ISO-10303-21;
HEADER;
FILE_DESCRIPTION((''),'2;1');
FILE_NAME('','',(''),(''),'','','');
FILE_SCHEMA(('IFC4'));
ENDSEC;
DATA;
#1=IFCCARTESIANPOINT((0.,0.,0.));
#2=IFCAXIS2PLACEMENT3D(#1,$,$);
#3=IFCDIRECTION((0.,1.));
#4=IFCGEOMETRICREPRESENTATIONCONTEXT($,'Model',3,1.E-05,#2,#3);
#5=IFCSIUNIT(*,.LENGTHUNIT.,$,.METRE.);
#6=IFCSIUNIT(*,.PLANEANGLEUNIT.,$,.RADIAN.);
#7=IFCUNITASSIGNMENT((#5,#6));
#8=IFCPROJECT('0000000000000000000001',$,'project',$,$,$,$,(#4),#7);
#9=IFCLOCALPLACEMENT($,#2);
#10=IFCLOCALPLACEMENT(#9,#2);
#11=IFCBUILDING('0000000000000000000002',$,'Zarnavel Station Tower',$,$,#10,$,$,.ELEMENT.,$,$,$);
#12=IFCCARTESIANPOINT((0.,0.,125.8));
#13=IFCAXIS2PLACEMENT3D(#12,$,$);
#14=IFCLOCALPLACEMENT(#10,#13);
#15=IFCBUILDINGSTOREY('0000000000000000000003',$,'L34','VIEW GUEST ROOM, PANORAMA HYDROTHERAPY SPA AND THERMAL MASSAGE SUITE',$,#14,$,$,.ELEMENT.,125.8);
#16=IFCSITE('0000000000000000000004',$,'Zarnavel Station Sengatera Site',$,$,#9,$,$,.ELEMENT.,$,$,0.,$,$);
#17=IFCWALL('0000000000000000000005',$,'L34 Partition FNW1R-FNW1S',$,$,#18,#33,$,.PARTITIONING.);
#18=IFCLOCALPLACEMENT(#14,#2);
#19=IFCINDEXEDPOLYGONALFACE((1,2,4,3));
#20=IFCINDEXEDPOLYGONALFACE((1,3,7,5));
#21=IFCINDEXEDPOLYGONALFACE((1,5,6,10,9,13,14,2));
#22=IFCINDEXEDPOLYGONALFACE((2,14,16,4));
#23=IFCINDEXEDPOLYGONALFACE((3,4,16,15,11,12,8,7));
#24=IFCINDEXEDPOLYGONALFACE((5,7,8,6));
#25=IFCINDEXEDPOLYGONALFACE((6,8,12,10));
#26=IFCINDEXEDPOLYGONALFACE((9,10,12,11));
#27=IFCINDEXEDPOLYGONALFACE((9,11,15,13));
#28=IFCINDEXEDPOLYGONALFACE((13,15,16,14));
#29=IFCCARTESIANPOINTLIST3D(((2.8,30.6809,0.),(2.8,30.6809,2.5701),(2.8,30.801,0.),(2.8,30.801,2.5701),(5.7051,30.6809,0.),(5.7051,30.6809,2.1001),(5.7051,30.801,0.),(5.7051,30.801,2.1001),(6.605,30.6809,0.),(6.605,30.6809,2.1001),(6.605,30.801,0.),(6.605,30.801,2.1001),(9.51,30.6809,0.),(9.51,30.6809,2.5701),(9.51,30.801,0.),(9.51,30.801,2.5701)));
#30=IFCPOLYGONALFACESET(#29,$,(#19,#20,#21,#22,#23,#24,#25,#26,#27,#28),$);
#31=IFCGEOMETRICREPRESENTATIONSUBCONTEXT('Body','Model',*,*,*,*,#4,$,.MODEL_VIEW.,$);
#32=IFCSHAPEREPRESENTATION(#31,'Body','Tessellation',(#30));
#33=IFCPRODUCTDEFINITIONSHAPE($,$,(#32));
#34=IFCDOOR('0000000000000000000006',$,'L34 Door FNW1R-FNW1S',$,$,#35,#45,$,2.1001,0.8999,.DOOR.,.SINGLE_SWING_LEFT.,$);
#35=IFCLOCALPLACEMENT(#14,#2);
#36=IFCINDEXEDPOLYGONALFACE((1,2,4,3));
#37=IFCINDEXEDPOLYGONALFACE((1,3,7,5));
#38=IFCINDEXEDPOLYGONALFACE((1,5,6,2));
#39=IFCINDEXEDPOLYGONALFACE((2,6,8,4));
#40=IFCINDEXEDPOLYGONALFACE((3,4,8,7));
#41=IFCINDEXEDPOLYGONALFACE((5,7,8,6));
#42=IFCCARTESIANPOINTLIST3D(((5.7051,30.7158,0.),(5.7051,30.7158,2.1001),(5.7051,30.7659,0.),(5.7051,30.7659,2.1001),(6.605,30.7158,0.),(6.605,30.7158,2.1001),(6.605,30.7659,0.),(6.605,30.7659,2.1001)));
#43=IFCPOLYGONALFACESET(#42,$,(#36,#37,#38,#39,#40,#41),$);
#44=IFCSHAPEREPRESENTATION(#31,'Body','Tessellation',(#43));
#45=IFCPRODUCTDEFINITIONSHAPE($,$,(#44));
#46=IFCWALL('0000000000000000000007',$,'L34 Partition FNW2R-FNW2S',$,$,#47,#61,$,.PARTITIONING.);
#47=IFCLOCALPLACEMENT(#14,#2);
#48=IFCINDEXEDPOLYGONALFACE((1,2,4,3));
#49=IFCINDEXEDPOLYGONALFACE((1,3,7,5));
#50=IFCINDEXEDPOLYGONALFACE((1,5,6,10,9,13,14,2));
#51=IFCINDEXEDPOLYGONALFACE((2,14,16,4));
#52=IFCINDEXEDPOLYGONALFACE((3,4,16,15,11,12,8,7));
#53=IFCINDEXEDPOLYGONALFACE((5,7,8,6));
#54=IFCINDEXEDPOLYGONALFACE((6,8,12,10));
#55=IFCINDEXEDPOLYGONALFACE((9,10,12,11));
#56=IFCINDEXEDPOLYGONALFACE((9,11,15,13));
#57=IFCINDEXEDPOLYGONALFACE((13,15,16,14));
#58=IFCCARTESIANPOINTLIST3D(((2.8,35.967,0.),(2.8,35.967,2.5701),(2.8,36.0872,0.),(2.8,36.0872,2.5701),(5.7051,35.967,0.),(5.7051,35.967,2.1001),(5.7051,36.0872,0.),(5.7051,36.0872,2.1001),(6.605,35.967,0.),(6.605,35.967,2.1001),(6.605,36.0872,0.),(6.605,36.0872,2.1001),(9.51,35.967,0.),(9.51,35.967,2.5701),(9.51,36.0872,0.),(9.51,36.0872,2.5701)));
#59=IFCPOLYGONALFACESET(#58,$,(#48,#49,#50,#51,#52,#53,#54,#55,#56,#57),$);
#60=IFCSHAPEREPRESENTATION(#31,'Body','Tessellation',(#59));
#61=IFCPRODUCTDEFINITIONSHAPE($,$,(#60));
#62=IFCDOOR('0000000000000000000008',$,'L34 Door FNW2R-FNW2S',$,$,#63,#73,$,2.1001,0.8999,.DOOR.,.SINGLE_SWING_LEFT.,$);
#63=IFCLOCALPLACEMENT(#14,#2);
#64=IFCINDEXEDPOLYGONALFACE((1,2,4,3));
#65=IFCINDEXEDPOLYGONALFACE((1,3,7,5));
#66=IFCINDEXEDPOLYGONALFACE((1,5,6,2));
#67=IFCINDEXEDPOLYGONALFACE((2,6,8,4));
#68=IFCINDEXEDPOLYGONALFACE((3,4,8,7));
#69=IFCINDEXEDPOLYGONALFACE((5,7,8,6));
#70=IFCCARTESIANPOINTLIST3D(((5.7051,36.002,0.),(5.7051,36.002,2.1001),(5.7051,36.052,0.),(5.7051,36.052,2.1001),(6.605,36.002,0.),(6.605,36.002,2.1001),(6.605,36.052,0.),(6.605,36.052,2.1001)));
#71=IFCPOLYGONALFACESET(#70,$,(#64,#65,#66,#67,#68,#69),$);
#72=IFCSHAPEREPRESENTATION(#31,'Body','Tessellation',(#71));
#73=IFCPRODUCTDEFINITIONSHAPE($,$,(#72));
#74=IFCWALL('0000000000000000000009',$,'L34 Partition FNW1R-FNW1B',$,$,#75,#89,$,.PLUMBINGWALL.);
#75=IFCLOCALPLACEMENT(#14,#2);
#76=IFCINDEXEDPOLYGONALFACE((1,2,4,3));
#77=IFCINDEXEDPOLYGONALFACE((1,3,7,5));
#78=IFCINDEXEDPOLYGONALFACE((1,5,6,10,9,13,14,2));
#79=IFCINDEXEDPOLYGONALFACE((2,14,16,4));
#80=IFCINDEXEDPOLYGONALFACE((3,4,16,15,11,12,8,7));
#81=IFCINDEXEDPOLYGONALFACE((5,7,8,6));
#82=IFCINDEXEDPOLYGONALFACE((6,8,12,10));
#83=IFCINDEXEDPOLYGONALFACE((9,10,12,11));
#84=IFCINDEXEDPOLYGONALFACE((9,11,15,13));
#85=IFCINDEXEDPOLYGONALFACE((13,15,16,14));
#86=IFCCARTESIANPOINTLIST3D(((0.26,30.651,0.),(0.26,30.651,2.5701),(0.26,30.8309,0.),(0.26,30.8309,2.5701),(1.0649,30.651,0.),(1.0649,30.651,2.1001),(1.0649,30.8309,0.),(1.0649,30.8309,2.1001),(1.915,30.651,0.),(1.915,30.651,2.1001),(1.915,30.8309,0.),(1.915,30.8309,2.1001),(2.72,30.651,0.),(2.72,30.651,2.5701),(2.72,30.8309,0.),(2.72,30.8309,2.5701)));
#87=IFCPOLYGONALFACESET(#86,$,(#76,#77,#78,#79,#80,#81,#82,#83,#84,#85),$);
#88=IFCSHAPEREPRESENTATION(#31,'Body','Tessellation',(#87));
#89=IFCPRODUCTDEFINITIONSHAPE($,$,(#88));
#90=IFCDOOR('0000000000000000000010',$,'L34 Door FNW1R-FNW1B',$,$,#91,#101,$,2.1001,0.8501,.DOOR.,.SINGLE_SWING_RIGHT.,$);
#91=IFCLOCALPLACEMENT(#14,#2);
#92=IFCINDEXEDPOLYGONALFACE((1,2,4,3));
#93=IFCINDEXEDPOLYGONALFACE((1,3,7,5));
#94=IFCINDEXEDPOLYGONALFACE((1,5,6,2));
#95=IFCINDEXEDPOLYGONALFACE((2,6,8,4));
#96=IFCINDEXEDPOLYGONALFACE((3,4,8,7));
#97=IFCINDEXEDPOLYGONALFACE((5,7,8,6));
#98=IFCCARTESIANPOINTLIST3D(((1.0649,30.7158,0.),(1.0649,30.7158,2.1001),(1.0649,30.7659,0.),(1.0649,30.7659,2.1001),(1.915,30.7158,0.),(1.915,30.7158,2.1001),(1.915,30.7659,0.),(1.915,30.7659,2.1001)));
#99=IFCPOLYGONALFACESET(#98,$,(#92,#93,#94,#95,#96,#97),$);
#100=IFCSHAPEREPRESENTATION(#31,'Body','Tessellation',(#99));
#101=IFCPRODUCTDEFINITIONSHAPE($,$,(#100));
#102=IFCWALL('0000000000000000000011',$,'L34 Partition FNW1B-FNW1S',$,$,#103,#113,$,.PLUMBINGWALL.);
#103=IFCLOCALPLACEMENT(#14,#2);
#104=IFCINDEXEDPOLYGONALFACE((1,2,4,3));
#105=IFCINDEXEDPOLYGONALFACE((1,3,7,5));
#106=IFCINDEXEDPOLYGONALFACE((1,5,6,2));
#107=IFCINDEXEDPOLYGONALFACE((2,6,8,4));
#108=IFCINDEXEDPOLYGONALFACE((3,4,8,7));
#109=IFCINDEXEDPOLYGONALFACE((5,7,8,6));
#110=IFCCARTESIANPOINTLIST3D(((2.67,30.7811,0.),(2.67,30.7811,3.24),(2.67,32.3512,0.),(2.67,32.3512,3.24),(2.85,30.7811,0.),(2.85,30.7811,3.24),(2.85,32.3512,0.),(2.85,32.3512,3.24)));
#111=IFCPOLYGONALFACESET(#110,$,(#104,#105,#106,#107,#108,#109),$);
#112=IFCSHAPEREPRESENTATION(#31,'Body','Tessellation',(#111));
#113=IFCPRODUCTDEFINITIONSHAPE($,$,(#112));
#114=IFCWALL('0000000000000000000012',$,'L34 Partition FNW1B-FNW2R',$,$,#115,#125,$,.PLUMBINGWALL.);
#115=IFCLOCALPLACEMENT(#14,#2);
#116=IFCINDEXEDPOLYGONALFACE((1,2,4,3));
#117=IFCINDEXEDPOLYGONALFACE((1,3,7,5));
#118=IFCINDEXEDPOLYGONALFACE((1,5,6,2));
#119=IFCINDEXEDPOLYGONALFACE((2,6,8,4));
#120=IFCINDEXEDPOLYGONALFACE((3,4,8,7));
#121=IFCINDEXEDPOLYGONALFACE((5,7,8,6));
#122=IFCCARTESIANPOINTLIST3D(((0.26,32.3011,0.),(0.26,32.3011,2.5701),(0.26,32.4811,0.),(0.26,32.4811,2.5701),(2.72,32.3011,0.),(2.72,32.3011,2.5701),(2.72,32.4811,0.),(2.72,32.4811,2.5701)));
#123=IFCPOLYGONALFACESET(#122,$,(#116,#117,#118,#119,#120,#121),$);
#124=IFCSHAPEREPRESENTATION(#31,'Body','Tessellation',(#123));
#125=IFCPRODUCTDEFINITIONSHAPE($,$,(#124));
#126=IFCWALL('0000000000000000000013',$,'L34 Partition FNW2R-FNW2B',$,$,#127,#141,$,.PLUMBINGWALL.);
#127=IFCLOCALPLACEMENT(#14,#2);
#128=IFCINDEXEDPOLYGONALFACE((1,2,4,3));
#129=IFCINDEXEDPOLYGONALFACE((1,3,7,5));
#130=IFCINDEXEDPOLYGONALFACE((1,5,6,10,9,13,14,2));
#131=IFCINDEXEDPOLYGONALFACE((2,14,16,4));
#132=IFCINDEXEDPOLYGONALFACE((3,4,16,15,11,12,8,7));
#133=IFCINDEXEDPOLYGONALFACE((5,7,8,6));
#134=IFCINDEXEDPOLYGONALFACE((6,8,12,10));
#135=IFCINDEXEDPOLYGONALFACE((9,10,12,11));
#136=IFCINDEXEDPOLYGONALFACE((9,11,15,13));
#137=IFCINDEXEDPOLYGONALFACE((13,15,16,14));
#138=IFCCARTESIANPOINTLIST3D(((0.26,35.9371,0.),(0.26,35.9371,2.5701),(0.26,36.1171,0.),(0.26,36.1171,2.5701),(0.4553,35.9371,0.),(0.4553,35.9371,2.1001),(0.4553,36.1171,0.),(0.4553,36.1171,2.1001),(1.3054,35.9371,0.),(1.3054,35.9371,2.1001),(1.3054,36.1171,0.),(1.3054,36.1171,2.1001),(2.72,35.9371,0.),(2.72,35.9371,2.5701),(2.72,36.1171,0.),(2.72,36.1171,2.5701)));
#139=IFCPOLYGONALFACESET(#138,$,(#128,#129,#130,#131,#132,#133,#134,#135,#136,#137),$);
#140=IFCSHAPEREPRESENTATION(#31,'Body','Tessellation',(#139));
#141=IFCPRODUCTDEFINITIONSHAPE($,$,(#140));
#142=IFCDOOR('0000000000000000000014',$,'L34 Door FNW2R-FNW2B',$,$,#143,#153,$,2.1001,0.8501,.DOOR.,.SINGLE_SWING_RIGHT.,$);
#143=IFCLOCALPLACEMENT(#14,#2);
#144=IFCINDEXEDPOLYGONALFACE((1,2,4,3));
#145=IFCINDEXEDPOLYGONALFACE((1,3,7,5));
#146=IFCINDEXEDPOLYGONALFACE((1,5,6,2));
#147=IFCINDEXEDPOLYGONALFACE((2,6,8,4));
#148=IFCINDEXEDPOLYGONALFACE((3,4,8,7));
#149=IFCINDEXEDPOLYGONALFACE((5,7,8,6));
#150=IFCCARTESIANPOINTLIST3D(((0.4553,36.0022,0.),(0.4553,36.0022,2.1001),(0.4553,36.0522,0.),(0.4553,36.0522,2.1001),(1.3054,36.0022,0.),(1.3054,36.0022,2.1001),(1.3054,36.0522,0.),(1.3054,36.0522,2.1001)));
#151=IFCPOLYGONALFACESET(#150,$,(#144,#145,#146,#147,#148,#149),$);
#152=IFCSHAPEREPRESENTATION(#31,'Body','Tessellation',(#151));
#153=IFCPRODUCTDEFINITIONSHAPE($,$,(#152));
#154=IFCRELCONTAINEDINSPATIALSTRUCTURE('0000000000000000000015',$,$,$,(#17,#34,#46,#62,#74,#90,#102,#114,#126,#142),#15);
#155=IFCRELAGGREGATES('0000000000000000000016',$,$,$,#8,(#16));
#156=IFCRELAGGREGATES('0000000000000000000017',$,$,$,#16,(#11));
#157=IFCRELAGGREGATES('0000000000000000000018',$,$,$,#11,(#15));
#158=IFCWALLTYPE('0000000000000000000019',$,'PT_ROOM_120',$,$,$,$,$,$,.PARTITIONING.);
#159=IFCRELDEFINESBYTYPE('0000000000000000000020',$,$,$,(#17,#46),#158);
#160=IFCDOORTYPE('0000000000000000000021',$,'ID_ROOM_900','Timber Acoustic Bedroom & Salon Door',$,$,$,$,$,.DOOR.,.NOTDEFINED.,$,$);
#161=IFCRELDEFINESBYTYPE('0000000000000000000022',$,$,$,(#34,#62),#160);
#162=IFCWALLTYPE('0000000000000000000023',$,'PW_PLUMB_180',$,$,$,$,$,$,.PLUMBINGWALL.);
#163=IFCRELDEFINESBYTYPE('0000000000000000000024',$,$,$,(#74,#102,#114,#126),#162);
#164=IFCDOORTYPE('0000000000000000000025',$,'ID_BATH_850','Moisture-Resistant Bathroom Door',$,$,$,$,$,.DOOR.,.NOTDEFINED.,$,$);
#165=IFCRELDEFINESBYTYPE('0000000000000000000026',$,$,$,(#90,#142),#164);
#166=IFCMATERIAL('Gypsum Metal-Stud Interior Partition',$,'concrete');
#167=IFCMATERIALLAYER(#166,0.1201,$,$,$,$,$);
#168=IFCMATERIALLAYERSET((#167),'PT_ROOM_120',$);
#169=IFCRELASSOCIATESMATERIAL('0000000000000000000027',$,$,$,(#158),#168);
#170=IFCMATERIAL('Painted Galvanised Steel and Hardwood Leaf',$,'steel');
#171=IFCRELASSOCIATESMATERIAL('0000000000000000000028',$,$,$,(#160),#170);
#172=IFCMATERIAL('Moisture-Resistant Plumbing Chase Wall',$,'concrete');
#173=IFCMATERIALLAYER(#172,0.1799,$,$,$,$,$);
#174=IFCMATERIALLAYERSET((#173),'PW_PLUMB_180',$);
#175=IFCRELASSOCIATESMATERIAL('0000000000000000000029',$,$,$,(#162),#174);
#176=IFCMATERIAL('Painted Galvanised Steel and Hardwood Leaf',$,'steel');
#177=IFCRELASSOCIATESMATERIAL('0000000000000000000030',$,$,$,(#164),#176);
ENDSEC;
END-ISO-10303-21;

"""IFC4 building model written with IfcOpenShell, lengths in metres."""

from ifc_helpers import new_model, si_unit, direction, frame, frame_2d, origin, place, context, subcontext, project, spatial, rectangle, extrude, material, layer, layer_set, type_object, element, fill, save


model = new_model("IFC4")

# Units and contexts
model_context = context("Model", 3, precision=1e-05, world=origin(), true_north=direction((0.0, 1.0)))
body_context = subcontext(model_context, "Body", "Model", "MODEL_VIEW")
ifc_project = project(units=[si_unit("LENGTHUNIT", "METRE"), si_unit("PLANEANGLEUNIT", "RADIAN")], contexts=[model_context])

# Site, building, storey
site_placement = place(None, origin())
site = spatial("IfcSite", under=ifc_project, at=site_placement, Name="Zarnavel Station Sengatera Site", CompositionType="ELEMENT", RefElevation=0.0)
building_placement = place(site_placement, origin())
building = spatial("IfcBuilding", under=site, at=building_placement, Name="Zarnavel Station Tower", CompositionType="ELEMENT")
storey_placement = place(building_placement, frame((0.0, 0.0, 125.8)))
storey = spatial("IfcBuildingStorey", under=building, at=storey_placement, Name="L34", Description="VIEW GUEST ROOM, PANORAMA HYDROTHERAPY SPA AND THERMAL MASSAGE SUITE", CompositionType="ELEMENT", Elevation=125.8)

# Walls, openings, doors
ifc_material_1 = material(Name="Gypsum Metal-Stud Interior Partition", Category="concrete")
ifc_layer_1 = layer(ifc_material_1, 0.1201)
ifc_layer_set_1 = layer_set([ifc_layer_1], Name="PT_ROOM_120")
wall_type_1 = type_object("IfcWallType", Name="PT_ROOM_120", PredefinedType="PARTITIONING", material=ifc_layer_set_1)
ifc_material_2 = material(Name="Painted Galvanised Steel and Hardwood Leaf", Category="steel")
door_type_1 = type_object("IfcDoorType", Name="ID_ROOM_900", Description="Timber Acoustic Bedroom & Salon Door", OperationType="NOTDEFINED", PredefinedType="DOOR", material=ifc_material_2)
wall_1_placement = place(storey_placement, frame((2.8, 30.741, 0.0), z_axis=(0.0, 0.0, 1.0), x_axis=(1.0, 0.0, 0.0)))
wall_1 = element("IfcWall", 1, at=wall_1_placement, inside=storey, type_object=wall_type_1, Name="L34 Partition FNW1R-FNW1S", PredefinedType="PARTITIONING", context=body_context, shape_type="SweptSolid", body=[
    extrude(rectangle(XDim=6.71, YDim=0.1201, at=frame_2d((3.355, 0.0))), origin(), (0.0, 0.0, 1.0), 2.5701),
])
opening_1_placement = place(wall_1_placement, frame((2.905, 0.0, 0.0)))
opening_1 = element("IfcOpeningElement", 2, at=opening_1_placement, cuts=wall_1, PredefinedType="OPENING", context=body_context, shape_type="SweptSolid", body=[
    extrude(rectangle(XDim=0.8999, YDim=2.1001, at=frame_2d((0.45, 1.05))), frame((0.0, 0.0701, 0.0), z_axis=(0.0, -1.0, 0.0), x_axis=(1.0, 0.0, 0.0)), (0.0, 0.0, 1.0), 0.1401),
])
door_1_placement = place(opening_1_placement, origin())
door_1 = element("IfcDoor", 3, at=door_1_placement, inside=storey, type_object=door_type_1, Name="L34 Door FNW1R-FNW1S", OperationType="SINGLE_SWING_LEFT", OverallHeight=2.1001, OverallWidth=0.8999, PredefinedType="DOOR", context=body_context, shape_type="SweptSolid", body=[
    extrude(rectangle(XDim=0.8999, YDim=2.1001, at=frame_2d((0.45, 1.05))), frame((0.0, 0.0249, 0.0), z_axis=(0.0, -1.0, 0.0), x_axis=(1.0, 0.0, 0.0)), (0.0, 0.0, 1.0), 0.05),
])
fill(opening_1, door_1)
wall_2_placement = place(storey_placement, frame((2.8, 36.0271, 0.0), z_axis=(0.0, 0.0, 1.0), x_axis=(1.0, 0.0, 0.0)))
wall_2 = element("IfcWall", 4, at=wall_2_placement, inside=storey, type_object=wall_type_1, Name="L34 Partition FNW2R-FNW2S", PredefinedType="PARTITIONING", context=body_context, shape_type="SweptSolid", body=[
    extrude(rectangle(XDim=6.71, YDim=0.1201, at=frame_2d((3.355, 0.0))), origin(), (0.0, 0.0, 1.0), 2.5701),
])
opening_2_placement = place(wall_2_placement, frame((2.905, 0.0, 0.0)))
opening_2 = element("IfcOpeningElement", 5, at=opening_2_placement, cuts=wall_2, PredefinedType="OPENING", context=body_context, shape_type="SweptSolid", body=[
    extrude(rectangle(XDim=0.8999, YDim=2.1001, at=frame_2d((0.45, 1.05))), frame((0.0, 0.0701, 0.0), z_axis=(0.0, -1.0, 0.0), x_axis=(1.0, 0.0, 0.0)), (0.0, 0.0, 1.0), 0.1401),
])
door_2_placement = place(opening_2_placement, origin())
door_2 = element("IfcDoor", 6, at=door_2_placement, inside=storey, type_object=door_type_1, Name="L34 Door FNW2R-FNW2S", OperationType="SINGLE_SWING_LEFT", OverallHeight=2.1001, OverallWidth=0.8999, PredefinedType="DOOR", context=body_context, shape_type="SweptSolid", body=[
    extrude(rectangle(XDim=0.8999, YDim=2.1001, at=frame_2d((0.45, 1.05))), frame((0.0, 0.0249, 0.0), z_axis=(0.0, -1.0, 0.0), x_axis=(1.0, 0.0, 0.0)), (0.0, 0.0, 1.0), 0.05),
])
fill(opening_2, door_2)
ifc_material_3 = material(Name="Moisture-Resistant Plumbing Chase Wall", Category="concrete")
ifc_layer_2 = layer(ifc_material_3, 0.1799)
ifc_layer_set_2 = layer_set([ifc_layer_2], Name="PW_PLUMB_180")
wall_type_2 = type_object("IfcWallType", Name="PW_PLUMB_180", PredefinedType="PLUMBINGWALL", material=ifc_layer_set_2)
wall_3_placement = place(storey_placement, frame((0.26, 30.741, 0.0), z_axis=(0.0, 0.0, 1.0), x_axis=(1.0, 0.0, 0.0)))
wall_3 = element("IfcWall", 7, at=wall_3_placement, inside=storey, type_object=wall_type_2, Name="L34 Partition FNW1R-FNW1B", PredefinedType="PLUMBINGWALL", context=body_context, shape_type="SweptSolid", body=[
    extrude(rectangle(XDim=2.46, YDim=0.1799, at=frame_2d((1.23, 0.0))), origin(), (0.0, 0.0, 1.0), 2.5701),
])
opening_3_placement = place(wall_3_placement, frame((0.8049, 0.0, 0.0)))
opening_3 = element("IfcOpeningElement", 8, at=opening_3_placement, cuts=wall_3, PredefinedType="OPENING", context=body_context, shape_type="SweptSolid", body=[
    extrude(rectangle(XDim=0.8501, YDim=2.1001, at=frame_2d((0.425, 1.05))), frame((0.0, 0.0999, 0.0), z_axis=(0.0, -1.0, 0.0), x_axis=(1.0, 0.0, 0.0)), (0.0, 0.0, 1.0), 0.2),
])
ifc_material_4 = material(Name="Painted Galvanised Steel and Hardwood Leaf", Category="steel")
door_type_2 = type_object("IfcDoorType", Name="ID_BATH_850", Description="Moisture-Resistant Bathroom Door", OperationType="NOTDEFINED", PredefinedType="DOOR", material=ifc_material_4)
door_3_placement = place(opening_3_placement, origin())
door_3 = element("IfcDoor", 9, at=door_3_placement, inside=storey, type_object=door_type_2, Name="L34 Door FNW1R-FNW1B", OperationType="SINGLE_SWING_RIGHT", OverallHeight=2.1001, OverallWidth=0.8501, PredefinedType="DOOR", context=body_context, shape_type="SweptSolid", body=[
    extrude(rectangle(XDim=0.8501, YDim=2.1001, at=frame_2d((0.425, 1.05))), frame((0.0, 0.0249, 0.0), z_axis=(0.0, -1.0, 0.0), x_axis=(1.0, 0.0, 0.0)), (0.0, 0.0, 1.0), 0.05),
])
fill(opening_3, door_3)

# Walls
wall_4_placement = place(storey_placement, frame((2.76, 30.781, 0.0), z_axis=(0.0, 0.0, 1.0), x_axis=(0.0, 1.0, 0.0)))
element("IfcWall", 10, at=wall_4_placement, inside=storey, type_object=wall_type_2, Name="L34 Partition FNW1B-FNW1S", PredefinedType="PLUMBINGWALL", context=body_context, shape_type="SweptSolid", body=[
    extrude(rectangle(XDim=1.5701, YDim=0.1799, at=frame_2d((0.7852, 0.0))), origin(), (0.0, 0.0, 1.0), 3.24),
])
wall_5_placement = place(storey_placement, frame((0.26, 32.3911, 0.0), z_axis=(0.0, 0.0, 1.0), x_axis=(1.0, 0.0, 0.0)))
element("IfcWall", 11, at=wall_5_placement, inside=storey, type_object=wall_type_2, Name="L34 Partition FNW1B-FNW2R", PredefinedType="PLUMBINGWALL", context=body_context, shape_type="SweptSolid", body=[
    extrude(rectangle(XDim=2.46, YDim=0.1799, at=frame_2d((1.23, 0.0))), origin(), (0.0, 0.0, 1.0), 2.5701),
])

# Wall, opening, door
wall_6_placement = place(storey_placement, frame((2.72, 36.0271, 0.0), z_axis=(0.0, 0.0, 1.0), x_axis=(-1.0, 0.0, 0.0)))
wall_6 = element("IfcWall", 12, at=wall_6_placement, inside=storey, type_object=wall_type_2, Name="L34 Partition FNW2R-FNW2B", PredefinedType="PLUMBINGWALL", context=body_context, shape_type="SweptSolid", body=[
    extrude(rectangle(XDim=2.46, YDim=0.1799, at=frame_2d((1.23, 0.0))), origin(), (0.0, 0.0, 1.0), 2.5701),
])
opening_4_placement = place(wall_6_placement, frame((1.4146, 0.0, 0.0)))
opening_4 = element("IfcOpeningElement", 13, at=opening_4_placement, cuts=wall_6, PredefinedType="OPENING", context=body_context, shape_type="SweptSolid", body=[
    extrude(rectangle(XDim=0.8501, YDim=2.1001, at=frame_2d((0.425, 1.05))), frame((0.0, 0.0999, 0.0), z_axis=(0.0, -1.0, 0.0), x_axis=(1.0, 0.0, 0.0)), (0.0, 0.0, 1.0), 0.2),
])
door_4_placement = place(opening_4_placement, origin())
door_4 = element("IfcDoor", 14, at=door_4_placement, inside=storey, type_object=door_type_2, Name="L34 Door FNW2R-FNW2B", OperationType="SINGLE_SWING_RIGHT", OverallHeight=2.1001, OverallWidth=0.8501, PredefinedType="DOOR", context=body_context, shape_type="SweptSolid", body=[
    extrude(rectangle(XDim=0.8501, YDim=2.1001, at=frame_2d((0.425, 1.05))), frame((0.0, 0.0249, 0.0), z_axis=(0.0, -1.0, 0.0), x_axis=(1.0, 0.0, 0.0)), (0.0, 0.0, 1.0), 0.05),
])
fill(opening_4, door_4)

save(model, "model.ifc")
